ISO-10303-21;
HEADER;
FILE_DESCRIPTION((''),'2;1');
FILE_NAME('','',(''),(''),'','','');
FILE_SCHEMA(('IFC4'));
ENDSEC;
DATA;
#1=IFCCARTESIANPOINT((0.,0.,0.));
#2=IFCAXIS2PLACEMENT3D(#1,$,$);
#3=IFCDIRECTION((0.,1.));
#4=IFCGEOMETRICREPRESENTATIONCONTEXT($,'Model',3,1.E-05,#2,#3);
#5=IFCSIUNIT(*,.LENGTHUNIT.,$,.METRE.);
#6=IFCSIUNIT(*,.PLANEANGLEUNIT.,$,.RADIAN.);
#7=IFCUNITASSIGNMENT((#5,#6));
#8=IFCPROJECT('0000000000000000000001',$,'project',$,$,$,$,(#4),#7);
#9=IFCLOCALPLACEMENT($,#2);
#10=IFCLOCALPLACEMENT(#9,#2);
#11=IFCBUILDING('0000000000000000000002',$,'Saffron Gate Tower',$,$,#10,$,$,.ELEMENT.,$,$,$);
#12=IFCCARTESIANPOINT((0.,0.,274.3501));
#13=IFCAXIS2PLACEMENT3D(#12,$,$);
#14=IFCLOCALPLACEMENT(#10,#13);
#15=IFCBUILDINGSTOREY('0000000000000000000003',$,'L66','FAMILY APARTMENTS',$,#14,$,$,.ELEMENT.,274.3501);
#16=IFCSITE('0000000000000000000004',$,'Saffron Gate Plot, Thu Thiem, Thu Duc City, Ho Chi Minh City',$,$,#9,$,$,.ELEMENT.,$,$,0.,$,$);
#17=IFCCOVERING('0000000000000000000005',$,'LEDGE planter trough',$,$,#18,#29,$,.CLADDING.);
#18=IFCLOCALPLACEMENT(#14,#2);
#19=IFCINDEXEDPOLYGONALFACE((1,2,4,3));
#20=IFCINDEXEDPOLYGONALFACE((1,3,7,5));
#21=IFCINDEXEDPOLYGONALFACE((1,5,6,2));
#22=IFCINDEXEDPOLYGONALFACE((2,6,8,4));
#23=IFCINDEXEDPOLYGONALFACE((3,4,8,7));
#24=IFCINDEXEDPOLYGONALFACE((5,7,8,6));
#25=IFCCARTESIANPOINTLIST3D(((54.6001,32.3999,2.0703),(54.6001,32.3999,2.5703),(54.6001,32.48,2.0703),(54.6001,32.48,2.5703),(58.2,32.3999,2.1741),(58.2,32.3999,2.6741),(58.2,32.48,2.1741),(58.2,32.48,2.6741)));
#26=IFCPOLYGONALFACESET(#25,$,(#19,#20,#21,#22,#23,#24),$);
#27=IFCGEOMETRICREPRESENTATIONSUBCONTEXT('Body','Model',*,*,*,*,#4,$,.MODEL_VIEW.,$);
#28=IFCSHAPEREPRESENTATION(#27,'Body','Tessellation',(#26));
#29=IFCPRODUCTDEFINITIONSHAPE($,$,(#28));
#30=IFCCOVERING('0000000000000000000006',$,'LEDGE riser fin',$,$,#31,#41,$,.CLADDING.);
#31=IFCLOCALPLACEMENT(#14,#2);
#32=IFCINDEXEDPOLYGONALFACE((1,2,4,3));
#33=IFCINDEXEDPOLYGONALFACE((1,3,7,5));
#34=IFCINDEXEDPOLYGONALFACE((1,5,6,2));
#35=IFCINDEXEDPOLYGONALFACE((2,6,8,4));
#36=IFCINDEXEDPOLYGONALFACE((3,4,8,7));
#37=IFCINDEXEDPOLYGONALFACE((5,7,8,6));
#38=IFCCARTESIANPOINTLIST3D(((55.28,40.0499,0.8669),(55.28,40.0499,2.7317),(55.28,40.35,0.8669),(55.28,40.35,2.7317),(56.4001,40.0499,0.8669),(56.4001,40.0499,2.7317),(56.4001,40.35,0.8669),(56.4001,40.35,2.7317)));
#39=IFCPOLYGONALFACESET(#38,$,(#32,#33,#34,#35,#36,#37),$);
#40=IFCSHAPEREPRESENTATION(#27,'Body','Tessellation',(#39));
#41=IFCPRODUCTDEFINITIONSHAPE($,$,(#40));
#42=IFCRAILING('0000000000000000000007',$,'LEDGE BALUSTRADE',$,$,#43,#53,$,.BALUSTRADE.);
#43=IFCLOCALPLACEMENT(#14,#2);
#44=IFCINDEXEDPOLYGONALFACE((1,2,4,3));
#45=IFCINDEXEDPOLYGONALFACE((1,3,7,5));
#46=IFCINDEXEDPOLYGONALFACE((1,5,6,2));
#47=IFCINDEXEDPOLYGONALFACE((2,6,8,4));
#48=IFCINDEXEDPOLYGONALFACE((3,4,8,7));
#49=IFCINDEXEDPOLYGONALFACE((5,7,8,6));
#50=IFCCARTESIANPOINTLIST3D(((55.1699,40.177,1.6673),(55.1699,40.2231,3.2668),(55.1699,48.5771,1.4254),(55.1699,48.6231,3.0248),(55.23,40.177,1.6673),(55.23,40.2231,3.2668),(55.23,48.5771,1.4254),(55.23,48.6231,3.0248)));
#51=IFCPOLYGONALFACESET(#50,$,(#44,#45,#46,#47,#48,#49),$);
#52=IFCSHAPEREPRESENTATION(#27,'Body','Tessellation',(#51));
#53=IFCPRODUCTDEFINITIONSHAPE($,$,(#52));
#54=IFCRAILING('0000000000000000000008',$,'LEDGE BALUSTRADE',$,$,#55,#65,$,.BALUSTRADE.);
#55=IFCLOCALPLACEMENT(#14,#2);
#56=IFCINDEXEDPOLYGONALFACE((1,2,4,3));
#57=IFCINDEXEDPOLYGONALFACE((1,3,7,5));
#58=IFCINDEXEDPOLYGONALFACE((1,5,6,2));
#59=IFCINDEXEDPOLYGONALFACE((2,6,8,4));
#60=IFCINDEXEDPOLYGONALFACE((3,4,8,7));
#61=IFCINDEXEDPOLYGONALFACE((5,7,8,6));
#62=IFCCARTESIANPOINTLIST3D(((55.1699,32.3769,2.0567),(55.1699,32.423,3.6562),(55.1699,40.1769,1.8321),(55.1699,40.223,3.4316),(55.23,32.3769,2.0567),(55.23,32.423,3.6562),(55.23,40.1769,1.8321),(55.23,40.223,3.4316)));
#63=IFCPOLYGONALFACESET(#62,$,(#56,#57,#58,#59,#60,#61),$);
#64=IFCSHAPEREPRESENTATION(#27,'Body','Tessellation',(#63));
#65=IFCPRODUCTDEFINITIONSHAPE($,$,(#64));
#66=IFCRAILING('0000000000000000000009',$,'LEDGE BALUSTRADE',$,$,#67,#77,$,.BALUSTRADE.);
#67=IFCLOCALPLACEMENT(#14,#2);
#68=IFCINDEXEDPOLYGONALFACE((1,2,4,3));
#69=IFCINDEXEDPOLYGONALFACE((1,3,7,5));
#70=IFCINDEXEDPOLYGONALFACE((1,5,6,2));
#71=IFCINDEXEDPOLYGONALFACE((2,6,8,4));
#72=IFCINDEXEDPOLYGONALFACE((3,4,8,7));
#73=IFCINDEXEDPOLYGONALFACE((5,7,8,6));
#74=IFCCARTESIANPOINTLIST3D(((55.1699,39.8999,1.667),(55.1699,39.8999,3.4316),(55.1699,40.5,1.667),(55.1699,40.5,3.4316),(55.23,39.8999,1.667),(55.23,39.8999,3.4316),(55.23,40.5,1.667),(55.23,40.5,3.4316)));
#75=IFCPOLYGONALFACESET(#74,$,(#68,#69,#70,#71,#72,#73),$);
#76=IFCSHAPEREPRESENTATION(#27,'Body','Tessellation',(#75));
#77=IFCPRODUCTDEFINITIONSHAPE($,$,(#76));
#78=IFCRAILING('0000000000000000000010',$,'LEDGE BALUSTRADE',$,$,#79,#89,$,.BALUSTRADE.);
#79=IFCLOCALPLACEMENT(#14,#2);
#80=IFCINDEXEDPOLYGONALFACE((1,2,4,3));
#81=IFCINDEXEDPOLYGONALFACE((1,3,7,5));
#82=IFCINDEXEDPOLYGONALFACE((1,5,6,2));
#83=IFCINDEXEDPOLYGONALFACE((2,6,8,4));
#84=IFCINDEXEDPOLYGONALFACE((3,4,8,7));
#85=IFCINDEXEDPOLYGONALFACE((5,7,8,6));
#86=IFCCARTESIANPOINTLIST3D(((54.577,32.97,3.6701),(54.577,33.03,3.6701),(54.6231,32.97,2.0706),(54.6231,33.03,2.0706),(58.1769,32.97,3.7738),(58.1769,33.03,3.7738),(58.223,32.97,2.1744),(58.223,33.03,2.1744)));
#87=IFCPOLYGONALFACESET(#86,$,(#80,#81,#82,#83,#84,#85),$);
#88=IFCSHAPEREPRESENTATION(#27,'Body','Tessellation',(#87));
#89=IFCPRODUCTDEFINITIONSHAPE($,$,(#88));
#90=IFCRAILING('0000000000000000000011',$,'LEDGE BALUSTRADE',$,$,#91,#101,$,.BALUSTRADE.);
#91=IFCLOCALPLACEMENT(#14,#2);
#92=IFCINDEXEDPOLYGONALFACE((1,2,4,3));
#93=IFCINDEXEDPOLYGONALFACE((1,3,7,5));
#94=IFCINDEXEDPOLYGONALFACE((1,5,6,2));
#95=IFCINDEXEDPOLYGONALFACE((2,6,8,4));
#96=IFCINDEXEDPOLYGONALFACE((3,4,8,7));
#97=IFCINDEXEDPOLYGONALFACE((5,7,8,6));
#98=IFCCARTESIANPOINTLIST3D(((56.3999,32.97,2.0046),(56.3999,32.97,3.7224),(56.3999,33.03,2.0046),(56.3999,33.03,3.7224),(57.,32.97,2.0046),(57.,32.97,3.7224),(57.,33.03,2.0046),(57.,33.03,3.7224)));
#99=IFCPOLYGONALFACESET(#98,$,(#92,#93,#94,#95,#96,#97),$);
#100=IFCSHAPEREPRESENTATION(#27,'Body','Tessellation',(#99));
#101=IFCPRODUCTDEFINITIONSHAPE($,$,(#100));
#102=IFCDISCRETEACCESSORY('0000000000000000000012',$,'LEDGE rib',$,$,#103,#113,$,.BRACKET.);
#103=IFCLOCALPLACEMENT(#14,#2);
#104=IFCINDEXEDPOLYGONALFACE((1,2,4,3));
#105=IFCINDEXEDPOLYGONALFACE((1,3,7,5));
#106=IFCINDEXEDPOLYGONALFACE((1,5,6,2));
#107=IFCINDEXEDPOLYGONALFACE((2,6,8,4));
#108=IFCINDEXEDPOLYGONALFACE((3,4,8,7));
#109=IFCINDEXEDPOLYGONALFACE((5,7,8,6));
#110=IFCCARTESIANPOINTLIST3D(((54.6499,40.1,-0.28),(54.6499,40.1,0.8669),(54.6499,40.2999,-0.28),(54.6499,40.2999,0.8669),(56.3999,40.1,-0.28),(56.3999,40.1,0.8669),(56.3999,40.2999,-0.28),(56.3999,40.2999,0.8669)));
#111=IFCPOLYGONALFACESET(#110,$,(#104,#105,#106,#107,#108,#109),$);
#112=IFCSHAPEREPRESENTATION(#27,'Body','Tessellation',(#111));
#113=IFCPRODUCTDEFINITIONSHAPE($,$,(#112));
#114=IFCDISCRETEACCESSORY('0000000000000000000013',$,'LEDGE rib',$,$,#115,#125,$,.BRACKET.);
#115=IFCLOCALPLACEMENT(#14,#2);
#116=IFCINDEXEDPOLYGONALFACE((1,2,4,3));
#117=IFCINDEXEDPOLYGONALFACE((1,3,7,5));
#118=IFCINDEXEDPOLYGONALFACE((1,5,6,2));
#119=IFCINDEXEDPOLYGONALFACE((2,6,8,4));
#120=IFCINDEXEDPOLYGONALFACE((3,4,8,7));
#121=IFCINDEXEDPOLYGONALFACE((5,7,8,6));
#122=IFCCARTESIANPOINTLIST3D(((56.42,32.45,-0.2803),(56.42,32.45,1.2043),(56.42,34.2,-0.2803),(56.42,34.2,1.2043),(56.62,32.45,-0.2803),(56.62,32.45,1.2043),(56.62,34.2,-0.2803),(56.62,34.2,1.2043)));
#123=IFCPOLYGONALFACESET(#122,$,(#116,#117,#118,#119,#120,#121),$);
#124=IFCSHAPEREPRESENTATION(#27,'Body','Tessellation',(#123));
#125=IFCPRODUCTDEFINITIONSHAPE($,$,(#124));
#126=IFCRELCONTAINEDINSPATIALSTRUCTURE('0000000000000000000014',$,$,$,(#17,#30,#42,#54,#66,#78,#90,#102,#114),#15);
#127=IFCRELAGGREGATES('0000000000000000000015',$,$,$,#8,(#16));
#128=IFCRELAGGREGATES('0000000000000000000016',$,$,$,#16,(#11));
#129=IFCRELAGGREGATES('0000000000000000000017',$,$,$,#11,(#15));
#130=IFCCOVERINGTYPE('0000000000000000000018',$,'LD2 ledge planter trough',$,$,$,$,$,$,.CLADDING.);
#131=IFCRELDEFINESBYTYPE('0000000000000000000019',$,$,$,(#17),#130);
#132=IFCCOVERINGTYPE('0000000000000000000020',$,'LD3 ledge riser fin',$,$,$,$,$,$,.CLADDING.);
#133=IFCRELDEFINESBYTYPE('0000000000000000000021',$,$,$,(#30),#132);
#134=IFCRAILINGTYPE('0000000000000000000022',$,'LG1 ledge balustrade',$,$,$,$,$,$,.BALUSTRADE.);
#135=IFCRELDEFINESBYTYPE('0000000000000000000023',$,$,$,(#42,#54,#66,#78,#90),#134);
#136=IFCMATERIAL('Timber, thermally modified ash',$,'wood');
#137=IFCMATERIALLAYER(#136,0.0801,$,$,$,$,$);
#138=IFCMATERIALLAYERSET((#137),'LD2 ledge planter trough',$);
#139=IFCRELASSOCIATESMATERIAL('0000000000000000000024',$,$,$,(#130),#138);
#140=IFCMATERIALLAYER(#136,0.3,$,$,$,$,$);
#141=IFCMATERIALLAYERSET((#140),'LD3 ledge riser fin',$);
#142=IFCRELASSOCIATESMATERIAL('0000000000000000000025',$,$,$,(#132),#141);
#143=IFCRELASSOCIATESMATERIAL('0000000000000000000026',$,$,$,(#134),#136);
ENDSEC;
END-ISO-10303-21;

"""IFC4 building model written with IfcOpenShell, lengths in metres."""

from ifc_helpers import new_model, si_unit, direction, frame, origin, origin_2d, place, context, subcontext, project, spatial, polyline, rectangle, outline, extrude, material, layer, layer_set, type_object, element, save


model = new_model("IFC4")

# Units and contexts
model_context = context("Model", 3, precision=1e-05, world=origin(), true_north=direction((0.0, 1.0)))
body_context = subcontext(model_context, "Body", "Model", "MODEL_VIEW")
ifc_project = project(units=[si_unit("LENGTHUNIT", "METRE"), si_unit("PLANEANGLEUNIT", "RADIAN")], contexts=[model_context])

# Site, building, storey
site_placement = place(None, origin())
site = spatial("IfcSite", under=ifc_project, at=site_placement, Name="Saffron Gate Plot, Thu Thiem, Thu Duc City, Ho Chi Minh City", CompositionType="ELEMENT", RefElevation=0.0)
building_placement = place(site_placement, origin())
building = spatial("IfcBuilding", under=site, at=building_placement, Name="Saffron Gate Tower", CompositionType="ELEMENT")
storey_placement = place(building_placement, frame((0.0, 0.0, 274.3501)))
storey = spatial("IfcBuildingStorey", under=building, at=storey_placement, Name="L66", Description="FAMILY APARTMENTS", CompositionType="ELEMENT", Elevation=274.3501)

# Coverings
ifc_material_1 = material(Name="Timber, thermally modified ash", Category="wood")
ifc_layer_1 = layer(ifc_material_1, 0.0801)
ifc_layer_set_1 = layer_set([ifc_layer_1], Name="LD2 ledge planter trough")
covering_type_1 = type_object("IfcCoveringType", Name="LD2 ledge planter trough", PredefinedType="CLADDING", material=ifc_layer_set_1)
covering_1_placement = place(storey_placement, frame((54.6001, 32.3999, 2.0703), z_axis=(0.0, -1.0, 0.0), x_axis=(0.999585, 0.0, 0.028811)))
element("IfcCovering", 1, at=covering_1_placement, inside=storey, type_object=covering_type_1, Name="LEDGE planter trough", PredefinedType="CLADDING", context=body_context, shape_type="SweptSolid", body=[
    extrude(outline(polyline([(0.0, 0.0), (3.6013, 0.0), (3.6158, 0.4998), (0.0144, 0.4998), (0.0, 0.0)])), origin(), (0.0, 0.0, -1.0), 0.0801),
])
ifc_layer_2 = layer(ifc_material_1, 0.3)
ifc_layer_set_2 = layer_set([ifc_layer_2], Name="LD3 ledge riser fin")
covering_type_2 = type_object("IfcCoveringType", Name="LD3 ledge riser fin", PredefinedType="CLADDING", material=ifc_layer_set_2)
covering_2_placement = place(storey_placement, frame((55.8401, 40.2, 0.8669), z_axis=(0.0, 0.0, 1.0), x_axis=(0.0, -1.0, 0.0)))
element("IfcCovering", 2, at=covering_2_placement, inside=storey, type_object=covering_type_2, Name="LEDGE riser fin", PredefinedType="CLADDING", context=body_context, shape_type="SweptSolid", body=[
    extrude(rectangle(XDim=0.3, YDim=1.1201, at=origin_2d()), origin(), (0.0, 0.0, 1.0), 1.8647),
])

# Railings
railing_type = type_object("IfcRailingType", Name="LG1 ledge balustrade", PredefinedType="BALUSTRADE", material=ifc_material_1)
railing_1_placement = place(storey_placement, frame((55.2, 48.6001, 1.425)))
element("IfcRailing", 3, at=railing_1_placement, inside=storey, type_object=railing_type, Name="LEDGE BALUSTRADE", PredefinedType="BALUSTRADE", context=body_context, shape_type="SweptSolid", body=[
    extrude(rectangle(XDim=0.0601, YDim=1.6001, at=origin_2d()), frame((0.0, 0.0, 0.8), z_axis=(0.0, -0.999585, 0.02879), x_axis=(1.0, 0.0, 0.0)), (0.0, 0.0, 1.0), 8.4036),
])
railing_2_placement = place(storey_placement, frame((55.2, 40.2, 1.8318)))
element("IfcRailing", 4, at=railing_2_placement, inside=storey, type_object=railing_type, Name="LEDGE BALUSTRADE", PredefinedType="BALUSTRADE", context=body_context, shape_type="SweptSolid", body=[
    extrude(rectangle(XDim=0.0601, YDim=1.6001, at=origin_2d()), frame((0.0, 0.0, 0.8), z_axis=(0.0, -0.999586, 0.028784), x_axis=(1.0, 0.0, 0.0)), (0.0, 0.0, 1.0), 7.8032),
])
railing_3_placement = place(storey_placement, frame((55.2, 40.5, 1.667)))
element("IfcRailing", 5, at=railing_3_placement, inside=storey, type_object=railing_type, Name="LEDGE BALUSTRADE", PredefinedType="BALUSTRADE", context=body_context, shape_type="SweptSolid", body=[
    extrude(rectangle(XDim=0.0601, YDim=1.7646, at=origin_2d()), frame((0.0, 0.0, 0.8823), z_axis=(0.0, -1.0, 0.0), x_axis=(1.0, 0.0, 0.0)), (0.0, 0.0, 1.0), 0.6001),
])
railing_4_placement = place(storey_placement, frame((54.6001, 33.0, 2.0703)))
element("IfcRailing", 6, at=railing_4_placement, inside=storey, type_object=railing_type, Name="LEDGE BALUSTRADE", PredefinedType="BALUSTRADE", context=body_context, shape_type="SweptSolid", body=[
    extrude(rectangle(XDim=0.0601, YDim=1.6001, at=origin_2d()), frame((0.0, 0.0, 0.8), z_axis=(0.999585, 0.0, 0.028811), x_axis=(0.0, 1.0, 0.0)), (0.0, 0.0, 1.0), 3.6013),
])
railing_5_placement = place(storey_placement, frame((56.3999, 33.0, 2.0046)))
element("IfcRailing", 7, at=railing_5_placement, inside=storey, type_object=railing_type, Name="LEDGE BALUSTRADE", PredefinedType="BALUSTRADE", context=body_context, shape_type="SweptSolid", body=[
    extrude(rectangle(XDim=0.0601, YDim=1.7178, at=origin_2d()), frame((0.0, 0.0, 0.8589), z_axis=(1.0, 0.0, 0.0), x_axis=(0.0, 1.0, 0.0)), (0.0, 0.0, 1.0), 0.6001),
])

# Discrete accessories
discrete_accessory_1_placement = place(storey_placement, frame((55.5249, 40.2, -0.28), z_axis=(0.0, 0.0, 1.0), x_axis=(0.0, -1.0, 0.0)))
element("IfcDiscreteAccessory", 8, at=discrete_accessory_1_placement, inside=storey, Name="LEDGE rib", PredefinedType="BRACKET", context=body_context, shape_type="SweptSolid", body=[
    extrude(rectangle(XDim=0.2, YDim=1.75, at=origin_2d()), origin(), (0.0, 0.0, 1.0), 1.147),
])
discrete_accessory_2_placement = place(storey_placement, frame((56.52, 33.325, -0.2803), z_axis=(0.0, 0.0, 1.0), x_axis=(1.0, 0.0, 0.0)))
element("IfcDiscreteAccessory", 9, at=discrete_accessory_2_placement, inside=storey, Name="LEDGE rib", PredefinedType="BRACKET", context=body_context, shape_type="SweptSolid", body=[
    extrude(rectangle(XDim=0.2, YDim=1.75, at=origin_2d()), origin(), (0.0, 0.0, 1.0), 1.4846),
])

save(model, "model.ifc")
